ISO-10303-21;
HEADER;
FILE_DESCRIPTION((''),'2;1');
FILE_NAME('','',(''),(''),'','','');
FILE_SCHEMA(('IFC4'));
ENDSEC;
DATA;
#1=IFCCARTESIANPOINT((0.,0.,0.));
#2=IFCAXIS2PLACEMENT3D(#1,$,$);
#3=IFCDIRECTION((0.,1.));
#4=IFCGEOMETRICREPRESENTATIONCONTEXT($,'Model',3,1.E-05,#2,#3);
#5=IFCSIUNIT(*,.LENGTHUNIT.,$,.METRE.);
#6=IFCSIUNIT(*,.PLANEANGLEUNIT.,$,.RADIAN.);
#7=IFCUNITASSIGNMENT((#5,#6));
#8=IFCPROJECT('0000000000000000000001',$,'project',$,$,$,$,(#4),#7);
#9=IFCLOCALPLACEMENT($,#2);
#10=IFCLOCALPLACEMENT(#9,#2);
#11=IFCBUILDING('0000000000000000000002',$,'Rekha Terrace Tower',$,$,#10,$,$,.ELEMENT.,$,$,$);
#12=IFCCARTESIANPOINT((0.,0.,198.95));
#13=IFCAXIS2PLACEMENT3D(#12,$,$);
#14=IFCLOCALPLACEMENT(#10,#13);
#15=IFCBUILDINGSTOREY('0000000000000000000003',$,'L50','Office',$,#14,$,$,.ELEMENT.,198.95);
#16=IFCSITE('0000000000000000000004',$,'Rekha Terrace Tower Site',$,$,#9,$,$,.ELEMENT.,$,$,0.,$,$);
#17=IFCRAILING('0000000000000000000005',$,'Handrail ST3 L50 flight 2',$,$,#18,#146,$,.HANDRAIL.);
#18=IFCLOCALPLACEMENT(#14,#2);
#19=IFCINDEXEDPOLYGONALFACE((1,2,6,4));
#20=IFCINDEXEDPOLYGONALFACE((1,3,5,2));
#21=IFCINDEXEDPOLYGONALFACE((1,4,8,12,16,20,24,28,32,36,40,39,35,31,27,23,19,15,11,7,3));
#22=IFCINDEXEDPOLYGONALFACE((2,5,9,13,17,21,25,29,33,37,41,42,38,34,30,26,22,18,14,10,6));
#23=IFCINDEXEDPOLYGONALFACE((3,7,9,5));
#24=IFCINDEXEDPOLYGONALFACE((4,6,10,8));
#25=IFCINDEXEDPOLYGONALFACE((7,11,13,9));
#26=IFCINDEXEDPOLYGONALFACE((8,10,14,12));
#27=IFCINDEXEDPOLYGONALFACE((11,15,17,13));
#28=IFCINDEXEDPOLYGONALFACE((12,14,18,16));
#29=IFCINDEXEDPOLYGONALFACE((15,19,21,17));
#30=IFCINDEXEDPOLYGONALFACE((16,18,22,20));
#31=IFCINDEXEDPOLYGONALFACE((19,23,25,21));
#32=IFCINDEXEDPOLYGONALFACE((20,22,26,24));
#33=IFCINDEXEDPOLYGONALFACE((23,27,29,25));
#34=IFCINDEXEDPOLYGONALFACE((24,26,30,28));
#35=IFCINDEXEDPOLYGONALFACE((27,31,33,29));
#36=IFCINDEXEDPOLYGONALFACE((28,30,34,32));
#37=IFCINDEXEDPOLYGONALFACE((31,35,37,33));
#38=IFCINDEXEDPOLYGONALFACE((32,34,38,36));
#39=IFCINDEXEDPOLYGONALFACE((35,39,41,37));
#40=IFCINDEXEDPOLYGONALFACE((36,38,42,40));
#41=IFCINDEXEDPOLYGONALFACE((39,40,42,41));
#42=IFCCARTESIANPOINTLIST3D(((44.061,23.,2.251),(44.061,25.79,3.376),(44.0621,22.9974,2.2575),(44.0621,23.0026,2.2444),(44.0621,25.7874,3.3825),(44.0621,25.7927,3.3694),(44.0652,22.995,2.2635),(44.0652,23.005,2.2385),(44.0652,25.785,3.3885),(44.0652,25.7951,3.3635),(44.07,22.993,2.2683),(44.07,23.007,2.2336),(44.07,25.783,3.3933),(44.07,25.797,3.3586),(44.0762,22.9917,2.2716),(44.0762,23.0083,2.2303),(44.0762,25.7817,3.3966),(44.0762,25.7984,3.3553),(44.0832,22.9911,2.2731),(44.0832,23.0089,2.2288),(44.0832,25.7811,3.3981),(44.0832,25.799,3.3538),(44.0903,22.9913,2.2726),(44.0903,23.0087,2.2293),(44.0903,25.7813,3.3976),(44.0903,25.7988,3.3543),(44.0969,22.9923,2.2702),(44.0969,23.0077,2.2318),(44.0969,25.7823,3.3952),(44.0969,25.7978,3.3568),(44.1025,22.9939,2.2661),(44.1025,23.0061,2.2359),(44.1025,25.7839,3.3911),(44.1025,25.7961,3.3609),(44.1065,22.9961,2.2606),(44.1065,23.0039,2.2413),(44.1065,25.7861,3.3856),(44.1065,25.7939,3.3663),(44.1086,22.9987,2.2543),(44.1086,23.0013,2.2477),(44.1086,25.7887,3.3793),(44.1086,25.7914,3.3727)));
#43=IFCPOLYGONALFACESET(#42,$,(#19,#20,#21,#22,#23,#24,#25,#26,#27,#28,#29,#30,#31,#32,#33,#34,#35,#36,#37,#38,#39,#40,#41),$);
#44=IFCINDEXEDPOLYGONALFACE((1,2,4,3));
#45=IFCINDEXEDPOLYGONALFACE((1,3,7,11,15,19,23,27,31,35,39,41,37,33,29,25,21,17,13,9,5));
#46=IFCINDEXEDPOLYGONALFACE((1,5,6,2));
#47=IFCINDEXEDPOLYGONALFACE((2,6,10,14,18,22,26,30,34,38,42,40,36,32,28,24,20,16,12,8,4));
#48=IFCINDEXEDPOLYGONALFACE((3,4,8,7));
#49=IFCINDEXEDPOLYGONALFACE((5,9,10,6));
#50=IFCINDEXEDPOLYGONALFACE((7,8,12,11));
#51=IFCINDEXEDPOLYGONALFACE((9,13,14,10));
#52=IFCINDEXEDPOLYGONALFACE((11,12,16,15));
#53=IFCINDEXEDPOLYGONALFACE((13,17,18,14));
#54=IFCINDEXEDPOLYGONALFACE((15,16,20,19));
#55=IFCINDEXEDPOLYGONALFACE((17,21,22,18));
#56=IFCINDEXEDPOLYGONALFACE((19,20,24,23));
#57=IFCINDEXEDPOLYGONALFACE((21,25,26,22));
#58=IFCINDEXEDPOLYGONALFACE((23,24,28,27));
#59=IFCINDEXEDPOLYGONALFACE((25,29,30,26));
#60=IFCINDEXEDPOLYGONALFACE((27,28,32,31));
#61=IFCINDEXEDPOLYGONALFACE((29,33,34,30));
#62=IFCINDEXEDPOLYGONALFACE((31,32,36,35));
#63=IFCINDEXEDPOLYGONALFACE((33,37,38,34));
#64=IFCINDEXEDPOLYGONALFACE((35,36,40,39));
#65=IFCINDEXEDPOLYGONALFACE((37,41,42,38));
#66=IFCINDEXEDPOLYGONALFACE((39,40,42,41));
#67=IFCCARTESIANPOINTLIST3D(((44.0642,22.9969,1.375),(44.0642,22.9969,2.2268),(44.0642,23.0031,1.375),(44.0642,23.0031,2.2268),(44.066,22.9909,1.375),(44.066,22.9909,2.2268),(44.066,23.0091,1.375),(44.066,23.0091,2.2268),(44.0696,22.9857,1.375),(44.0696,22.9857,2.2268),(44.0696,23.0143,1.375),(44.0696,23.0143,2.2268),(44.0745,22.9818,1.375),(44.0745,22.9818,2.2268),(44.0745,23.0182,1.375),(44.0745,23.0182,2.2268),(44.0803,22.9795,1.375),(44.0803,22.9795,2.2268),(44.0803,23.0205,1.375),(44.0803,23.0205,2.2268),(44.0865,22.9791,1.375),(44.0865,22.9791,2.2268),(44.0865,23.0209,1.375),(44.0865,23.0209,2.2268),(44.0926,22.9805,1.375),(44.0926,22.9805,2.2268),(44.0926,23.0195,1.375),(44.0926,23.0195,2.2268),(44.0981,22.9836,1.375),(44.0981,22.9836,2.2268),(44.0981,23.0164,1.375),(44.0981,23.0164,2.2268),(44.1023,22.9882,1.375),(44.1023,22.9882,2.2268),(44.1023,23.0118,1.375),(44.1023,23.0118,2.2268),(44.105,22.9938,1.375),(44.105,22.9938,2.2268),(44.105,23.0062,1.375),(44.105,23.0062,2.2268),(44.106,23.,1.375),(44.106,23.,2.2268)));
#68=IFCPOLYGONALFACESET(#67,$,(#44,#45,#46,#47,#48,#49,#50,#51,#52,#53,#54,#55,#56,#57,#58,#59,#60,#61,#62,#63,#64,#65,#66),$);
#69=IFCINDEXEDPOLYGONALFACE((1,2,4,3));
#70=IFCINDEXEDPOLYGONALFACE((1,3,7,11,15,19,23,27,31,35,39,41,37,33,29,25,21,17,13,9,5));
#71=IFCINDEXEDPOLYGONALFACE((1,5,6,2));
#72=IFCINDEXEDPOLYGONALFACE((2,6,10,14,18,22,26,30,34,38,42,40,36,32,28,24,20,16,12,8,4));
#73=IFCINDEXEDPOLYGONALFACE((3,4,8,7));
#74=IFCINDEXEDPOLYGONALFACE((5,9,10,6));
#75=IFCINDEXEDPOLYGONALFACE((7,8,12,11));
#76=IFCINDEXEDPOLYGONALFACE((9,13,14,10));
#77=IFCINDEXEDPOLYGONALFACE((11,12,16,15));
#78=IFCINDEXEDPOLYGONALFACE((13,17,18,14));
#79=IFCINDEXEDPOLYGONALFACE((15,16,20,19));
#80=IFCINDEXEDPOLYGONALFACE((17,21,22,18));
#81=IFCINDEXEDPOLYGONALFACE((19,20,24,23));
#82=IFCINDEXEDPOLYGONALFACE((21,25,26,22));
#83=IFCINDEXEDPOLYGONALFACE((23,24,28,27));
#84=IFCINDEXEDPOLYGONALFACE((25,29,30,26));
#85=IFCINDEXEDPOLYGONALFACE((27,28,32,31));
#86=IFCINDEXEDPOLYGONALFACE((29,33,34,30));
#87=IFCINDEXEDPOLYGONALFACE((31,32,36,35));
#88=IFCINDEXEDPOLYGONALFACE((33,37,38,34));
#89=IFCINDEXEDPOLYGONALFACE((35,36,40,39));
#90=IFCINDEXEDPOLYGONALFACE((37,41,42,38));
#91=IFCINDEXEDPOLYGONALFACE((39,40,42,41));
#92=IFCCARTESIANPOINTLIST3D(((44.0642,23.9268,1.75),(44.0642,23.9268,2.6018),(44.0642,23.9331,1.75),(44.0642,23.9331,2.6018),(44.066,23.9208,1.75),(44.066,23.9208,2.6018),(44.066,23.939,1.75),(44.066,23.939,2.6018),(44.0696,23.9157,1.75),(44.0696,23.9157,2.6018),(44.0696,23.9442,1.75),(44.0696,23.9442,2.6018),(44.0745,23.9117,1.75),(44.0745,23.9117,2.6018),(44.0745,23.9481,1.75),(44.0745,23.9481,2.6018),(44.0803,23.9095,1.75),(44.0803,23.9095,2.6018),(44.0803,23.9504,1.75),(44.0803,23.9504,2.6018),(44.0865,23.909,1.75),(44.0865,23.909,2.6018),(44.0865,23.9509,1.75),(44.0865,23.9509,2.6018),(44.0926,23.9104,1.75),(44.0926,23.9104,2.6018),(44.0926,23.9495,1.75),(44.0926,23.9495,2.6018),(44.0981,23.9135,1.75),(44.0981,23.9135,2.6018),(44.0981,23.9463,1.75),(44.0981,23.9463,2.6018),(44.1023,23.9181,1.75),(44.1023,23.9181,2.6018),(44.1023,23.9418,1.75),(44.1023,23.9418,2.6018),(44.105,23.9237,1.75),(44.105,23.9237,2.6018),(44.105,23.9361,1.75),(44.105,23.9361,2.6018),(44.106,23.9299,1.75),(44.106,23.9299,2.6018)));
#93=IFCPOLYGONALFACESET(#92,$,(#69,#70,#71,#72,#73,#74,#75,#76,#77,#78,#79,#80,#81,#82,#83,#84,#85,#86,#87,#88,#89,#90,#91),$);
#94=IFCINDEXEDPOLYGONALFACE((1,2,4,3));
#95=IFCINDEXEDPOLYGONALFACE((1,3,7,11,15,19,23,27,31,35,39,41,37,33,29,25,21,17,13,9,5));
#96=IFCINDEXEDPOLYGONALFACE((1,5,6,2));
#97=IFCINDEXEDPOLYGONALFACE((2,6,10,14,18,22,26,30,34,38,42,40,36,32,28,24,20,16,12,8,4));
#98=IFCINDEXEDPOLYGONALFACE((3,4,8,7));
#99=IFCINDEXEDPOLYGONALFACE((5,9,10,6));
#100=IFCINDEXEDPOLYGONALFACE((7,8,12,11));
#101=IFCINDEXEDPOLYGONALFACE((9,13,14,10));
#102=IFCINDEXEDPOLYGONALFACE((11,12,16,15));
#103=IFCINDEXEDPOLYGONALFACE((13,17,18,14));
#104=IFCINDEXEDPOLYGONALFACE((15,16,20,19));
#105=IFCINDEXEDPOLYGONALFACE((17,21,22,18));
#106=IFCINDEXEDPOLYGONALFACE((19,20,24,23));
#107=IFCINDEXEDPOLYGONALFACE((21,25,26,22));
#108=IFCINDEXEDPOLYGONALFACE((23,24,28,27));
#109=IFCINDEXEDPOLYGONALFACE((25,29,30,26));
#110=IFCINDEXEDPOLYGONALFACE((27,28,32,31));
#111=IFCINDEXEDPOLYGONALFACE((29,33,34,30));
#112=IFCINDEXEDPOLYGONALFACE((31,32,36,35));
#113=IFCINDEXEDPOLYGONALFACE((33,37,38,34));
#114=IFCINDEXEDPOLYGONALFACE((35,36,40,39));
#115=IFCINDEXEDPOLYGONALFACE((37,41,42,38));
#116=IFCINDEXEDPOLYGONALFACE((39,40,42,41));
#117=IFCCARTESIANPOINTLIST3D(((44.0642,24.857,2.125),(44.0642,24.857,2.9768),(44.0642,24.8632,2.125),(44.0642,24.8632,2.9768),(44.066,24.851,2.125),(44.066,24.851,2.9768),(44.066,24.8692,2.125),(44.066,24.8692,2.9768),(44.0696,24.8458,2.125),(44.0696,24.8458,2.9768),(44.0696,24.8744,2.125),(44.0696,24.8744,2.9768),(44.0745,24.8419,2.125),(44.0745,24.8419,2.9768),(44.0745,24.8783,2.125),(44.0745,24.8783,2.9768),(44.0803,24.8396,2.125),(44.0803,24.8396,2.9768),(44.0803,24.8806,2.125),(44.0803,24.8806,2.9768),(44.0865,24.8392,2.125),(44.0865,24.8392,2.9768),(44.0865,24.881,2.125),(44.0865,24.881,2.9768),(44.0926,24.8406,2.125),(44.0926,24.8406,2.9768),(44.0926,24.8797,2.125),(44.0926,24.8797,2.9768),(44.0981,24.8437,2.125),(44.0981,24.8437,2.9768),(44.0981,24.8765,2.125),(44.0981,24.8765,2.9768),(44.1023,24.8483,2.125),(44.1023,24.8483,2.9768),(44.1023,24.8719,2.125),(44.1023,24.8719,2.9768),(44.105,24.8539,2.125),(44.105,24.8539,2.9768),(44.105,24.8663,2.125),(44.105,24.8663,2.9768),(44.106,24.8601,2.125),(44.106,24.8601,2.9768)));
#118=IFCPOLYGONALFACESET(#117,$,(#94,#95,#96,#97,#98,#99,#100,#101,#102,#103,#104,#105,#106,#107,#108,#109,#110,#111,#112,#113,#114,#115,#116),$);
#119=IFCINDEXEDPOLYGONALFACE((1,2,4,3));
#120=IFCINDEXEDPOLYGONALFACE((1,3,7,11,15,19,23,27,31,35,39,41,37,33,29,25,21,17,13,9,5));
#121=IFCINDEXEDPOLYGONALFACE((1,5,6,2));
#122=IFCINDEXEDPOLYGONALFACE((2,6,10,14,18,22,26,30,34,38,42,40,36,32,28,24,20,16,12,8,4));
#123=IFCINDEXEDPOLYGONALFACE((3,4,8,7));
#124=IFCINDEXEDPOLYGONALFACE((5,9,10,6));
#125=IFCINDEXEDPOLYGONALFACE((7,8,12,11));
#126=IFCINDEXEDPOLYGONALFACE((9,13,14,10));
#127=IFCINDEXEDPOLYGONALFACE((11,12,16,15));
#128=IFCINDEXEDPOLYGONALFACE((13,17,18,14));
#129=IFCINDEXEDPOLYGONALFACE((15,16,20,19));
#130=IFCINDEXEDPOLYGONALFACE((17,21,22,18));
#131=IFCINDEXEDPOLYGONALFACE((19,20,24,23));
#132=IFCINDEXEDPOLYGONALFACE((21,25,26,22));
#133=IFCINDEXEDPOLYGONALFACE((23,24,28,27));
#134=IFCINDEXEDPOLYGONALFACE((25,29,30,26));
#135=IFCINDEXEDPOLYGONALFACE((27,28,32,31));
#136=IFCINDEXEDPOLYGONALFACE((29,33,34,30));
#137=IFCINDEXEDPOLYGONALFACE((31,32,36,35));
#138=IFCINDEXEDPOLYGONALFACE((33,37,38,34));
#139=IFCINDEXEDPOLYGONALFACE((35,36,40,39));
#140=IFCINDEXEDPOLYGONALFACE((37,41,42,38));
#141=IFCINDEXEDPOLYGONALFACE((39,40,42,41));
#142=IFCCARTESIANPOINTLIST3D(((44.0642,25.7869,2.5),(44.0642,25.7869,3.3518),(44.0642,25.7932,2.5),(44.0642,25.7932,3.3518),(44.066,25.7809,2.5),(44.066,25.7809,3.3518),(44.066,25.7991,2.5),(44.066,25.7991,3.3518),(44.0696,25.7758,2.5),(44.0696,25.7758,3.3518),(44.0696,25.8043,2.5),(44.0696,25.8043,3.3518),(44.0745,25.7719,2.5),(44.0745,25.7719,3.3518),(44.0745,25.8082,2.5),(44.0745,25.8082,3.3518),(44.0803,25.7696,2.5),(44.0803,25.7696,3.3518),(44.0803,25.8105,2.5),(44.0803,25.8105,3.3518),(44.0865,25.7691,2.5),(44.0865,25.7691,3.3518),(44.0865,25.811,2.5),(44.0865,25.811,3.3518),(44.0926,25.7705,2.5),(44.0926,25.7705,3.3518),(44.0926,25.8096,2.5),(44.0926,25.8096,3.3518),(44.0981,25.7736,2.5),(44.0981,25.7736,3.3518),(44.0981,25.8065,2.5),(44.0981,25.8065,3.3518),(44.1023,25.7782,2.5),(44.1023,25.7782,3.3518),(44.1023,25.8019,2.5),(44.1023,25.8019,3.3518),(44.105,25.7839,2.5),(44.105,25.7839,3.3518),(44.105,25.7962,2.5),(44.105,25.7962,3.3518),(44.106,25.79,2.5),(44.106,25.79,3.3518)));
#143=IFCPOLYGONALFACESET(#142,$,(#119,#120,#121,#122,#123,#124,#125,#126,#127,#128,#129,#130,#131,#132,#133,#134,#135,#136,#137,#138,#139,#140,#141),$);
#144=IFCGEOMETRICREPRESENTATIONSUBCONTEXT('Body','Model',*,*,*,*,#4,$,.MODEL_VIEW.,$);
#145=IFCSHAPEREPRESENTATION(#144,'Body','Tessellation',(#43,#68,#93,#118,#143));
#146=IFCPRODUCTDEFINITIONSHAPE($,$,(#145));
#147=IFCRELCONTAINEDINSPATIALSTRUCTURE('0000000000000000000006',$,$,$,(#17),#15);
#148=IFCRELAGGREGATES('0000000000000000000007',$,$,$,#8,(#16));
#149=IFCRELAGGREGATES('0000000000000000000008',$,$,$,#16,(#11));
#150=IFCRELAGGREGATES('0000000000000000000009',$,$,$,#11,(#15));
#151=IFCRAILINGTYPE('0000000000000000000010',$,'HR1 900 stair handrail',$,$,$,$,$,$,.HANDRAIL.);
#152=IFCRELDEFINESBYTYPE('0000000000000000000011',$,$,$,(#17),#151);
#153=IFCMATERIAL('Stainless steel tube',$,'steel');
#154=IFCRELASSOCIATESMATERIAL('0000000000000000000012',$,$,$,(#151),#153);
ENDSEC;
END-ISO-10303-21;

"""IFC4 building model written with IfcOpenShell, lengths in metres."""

from ifc_helpers import new_model, si_unit, direction, frame, origin, origin_2d, place, context, subcontext, project, spatial, circle, extrude, material, type_object, element, save


model = new_model("IFC4")

# Units and contexts
model_context = context("Model", 3, precision=1e-05, world=origin(), true_north=direction((0.0, 1.0)))
body_context = subcontext(model_context, "Body", "Model", "MODEL_VIEW")
ifc_project = project(units=[si_unit("LENGTHUNIT", "METRE"), si_unit("PLANEANGLEUNIT", "RADIAN")], contexts=[model_context])

# Site, building, storey
site_placement = place(None, origin())
site = spatial("IfcSite", under=ifc_project, at=site_placement, Name="Rekha Terrace Tower Site", CompositionType="ELEMENT", RefElevation=0.0)
building_placement = place(site_placement, origin())
building = spatial("IfcBuilding", under=site, at=building_placement, Name="Rekha Terrace Tower", CompositionType="ELEMENT")
storey_placement = place(building_placement, frame((0.0, 0.0, 198.95)))
storey = spatial("IfcBuildingStorey", under=building, at=storey_placement, Name="L50", Description="Office", CompositionType="ELEMENT", Elevation=198.95)

# Railing
ifc_material_1 = material(Name="Stainless steel tube", Category="steel")
railing_type = type_object("IfcRailingType", Name="HR1 900 stair handrail", PredefinedType="HANDRAIL", material=ifc_material_1)
railing_placement = place(storey_placement, frame((44.085, 23.0, 1.375)))
element("IfcRailing", 1, at=railing_placement, inside=storey, type_object=railing_type, Name="Handrail ST3 L50 flight 2", PredefinedType="HANDRAIL", context=body_context, shape_type="SweptSolid", body=[
    extrude(circle(Radius=0.0239, at=origin_2d()), frame((0.0, 0.0, 0.876), z_axis=(0.0, 0.927443, 0.373964), x_axis=(-1.0, 0.0, 0.0)), (0.0, 0.0, 1.0), 3.0083),
    extrude(circle(Radius=0.021, at=origin_2d()), origin(), (0.0, 0.0, 1.0), 0.8518),
    extrude(circle(Radius=0.021, at=origin_2d()), frame((0.0, 0.9299, 0.375)), (0.0, 0.0, 1.0), 0.8518),
    extrude(circle(Radius=0.021, at=origin_2d()), frame((0.0, 1.8601, 0.75)), (0.0, 0.0, 1.0), 0.8518),
    extrude(circle(Radius=0.021, at=origin_2d()), frame((0.0, 2.79, 1.125)), (0.0, 0.0, 1.0), 0.8518),
])

save(model, "model.ifc")
